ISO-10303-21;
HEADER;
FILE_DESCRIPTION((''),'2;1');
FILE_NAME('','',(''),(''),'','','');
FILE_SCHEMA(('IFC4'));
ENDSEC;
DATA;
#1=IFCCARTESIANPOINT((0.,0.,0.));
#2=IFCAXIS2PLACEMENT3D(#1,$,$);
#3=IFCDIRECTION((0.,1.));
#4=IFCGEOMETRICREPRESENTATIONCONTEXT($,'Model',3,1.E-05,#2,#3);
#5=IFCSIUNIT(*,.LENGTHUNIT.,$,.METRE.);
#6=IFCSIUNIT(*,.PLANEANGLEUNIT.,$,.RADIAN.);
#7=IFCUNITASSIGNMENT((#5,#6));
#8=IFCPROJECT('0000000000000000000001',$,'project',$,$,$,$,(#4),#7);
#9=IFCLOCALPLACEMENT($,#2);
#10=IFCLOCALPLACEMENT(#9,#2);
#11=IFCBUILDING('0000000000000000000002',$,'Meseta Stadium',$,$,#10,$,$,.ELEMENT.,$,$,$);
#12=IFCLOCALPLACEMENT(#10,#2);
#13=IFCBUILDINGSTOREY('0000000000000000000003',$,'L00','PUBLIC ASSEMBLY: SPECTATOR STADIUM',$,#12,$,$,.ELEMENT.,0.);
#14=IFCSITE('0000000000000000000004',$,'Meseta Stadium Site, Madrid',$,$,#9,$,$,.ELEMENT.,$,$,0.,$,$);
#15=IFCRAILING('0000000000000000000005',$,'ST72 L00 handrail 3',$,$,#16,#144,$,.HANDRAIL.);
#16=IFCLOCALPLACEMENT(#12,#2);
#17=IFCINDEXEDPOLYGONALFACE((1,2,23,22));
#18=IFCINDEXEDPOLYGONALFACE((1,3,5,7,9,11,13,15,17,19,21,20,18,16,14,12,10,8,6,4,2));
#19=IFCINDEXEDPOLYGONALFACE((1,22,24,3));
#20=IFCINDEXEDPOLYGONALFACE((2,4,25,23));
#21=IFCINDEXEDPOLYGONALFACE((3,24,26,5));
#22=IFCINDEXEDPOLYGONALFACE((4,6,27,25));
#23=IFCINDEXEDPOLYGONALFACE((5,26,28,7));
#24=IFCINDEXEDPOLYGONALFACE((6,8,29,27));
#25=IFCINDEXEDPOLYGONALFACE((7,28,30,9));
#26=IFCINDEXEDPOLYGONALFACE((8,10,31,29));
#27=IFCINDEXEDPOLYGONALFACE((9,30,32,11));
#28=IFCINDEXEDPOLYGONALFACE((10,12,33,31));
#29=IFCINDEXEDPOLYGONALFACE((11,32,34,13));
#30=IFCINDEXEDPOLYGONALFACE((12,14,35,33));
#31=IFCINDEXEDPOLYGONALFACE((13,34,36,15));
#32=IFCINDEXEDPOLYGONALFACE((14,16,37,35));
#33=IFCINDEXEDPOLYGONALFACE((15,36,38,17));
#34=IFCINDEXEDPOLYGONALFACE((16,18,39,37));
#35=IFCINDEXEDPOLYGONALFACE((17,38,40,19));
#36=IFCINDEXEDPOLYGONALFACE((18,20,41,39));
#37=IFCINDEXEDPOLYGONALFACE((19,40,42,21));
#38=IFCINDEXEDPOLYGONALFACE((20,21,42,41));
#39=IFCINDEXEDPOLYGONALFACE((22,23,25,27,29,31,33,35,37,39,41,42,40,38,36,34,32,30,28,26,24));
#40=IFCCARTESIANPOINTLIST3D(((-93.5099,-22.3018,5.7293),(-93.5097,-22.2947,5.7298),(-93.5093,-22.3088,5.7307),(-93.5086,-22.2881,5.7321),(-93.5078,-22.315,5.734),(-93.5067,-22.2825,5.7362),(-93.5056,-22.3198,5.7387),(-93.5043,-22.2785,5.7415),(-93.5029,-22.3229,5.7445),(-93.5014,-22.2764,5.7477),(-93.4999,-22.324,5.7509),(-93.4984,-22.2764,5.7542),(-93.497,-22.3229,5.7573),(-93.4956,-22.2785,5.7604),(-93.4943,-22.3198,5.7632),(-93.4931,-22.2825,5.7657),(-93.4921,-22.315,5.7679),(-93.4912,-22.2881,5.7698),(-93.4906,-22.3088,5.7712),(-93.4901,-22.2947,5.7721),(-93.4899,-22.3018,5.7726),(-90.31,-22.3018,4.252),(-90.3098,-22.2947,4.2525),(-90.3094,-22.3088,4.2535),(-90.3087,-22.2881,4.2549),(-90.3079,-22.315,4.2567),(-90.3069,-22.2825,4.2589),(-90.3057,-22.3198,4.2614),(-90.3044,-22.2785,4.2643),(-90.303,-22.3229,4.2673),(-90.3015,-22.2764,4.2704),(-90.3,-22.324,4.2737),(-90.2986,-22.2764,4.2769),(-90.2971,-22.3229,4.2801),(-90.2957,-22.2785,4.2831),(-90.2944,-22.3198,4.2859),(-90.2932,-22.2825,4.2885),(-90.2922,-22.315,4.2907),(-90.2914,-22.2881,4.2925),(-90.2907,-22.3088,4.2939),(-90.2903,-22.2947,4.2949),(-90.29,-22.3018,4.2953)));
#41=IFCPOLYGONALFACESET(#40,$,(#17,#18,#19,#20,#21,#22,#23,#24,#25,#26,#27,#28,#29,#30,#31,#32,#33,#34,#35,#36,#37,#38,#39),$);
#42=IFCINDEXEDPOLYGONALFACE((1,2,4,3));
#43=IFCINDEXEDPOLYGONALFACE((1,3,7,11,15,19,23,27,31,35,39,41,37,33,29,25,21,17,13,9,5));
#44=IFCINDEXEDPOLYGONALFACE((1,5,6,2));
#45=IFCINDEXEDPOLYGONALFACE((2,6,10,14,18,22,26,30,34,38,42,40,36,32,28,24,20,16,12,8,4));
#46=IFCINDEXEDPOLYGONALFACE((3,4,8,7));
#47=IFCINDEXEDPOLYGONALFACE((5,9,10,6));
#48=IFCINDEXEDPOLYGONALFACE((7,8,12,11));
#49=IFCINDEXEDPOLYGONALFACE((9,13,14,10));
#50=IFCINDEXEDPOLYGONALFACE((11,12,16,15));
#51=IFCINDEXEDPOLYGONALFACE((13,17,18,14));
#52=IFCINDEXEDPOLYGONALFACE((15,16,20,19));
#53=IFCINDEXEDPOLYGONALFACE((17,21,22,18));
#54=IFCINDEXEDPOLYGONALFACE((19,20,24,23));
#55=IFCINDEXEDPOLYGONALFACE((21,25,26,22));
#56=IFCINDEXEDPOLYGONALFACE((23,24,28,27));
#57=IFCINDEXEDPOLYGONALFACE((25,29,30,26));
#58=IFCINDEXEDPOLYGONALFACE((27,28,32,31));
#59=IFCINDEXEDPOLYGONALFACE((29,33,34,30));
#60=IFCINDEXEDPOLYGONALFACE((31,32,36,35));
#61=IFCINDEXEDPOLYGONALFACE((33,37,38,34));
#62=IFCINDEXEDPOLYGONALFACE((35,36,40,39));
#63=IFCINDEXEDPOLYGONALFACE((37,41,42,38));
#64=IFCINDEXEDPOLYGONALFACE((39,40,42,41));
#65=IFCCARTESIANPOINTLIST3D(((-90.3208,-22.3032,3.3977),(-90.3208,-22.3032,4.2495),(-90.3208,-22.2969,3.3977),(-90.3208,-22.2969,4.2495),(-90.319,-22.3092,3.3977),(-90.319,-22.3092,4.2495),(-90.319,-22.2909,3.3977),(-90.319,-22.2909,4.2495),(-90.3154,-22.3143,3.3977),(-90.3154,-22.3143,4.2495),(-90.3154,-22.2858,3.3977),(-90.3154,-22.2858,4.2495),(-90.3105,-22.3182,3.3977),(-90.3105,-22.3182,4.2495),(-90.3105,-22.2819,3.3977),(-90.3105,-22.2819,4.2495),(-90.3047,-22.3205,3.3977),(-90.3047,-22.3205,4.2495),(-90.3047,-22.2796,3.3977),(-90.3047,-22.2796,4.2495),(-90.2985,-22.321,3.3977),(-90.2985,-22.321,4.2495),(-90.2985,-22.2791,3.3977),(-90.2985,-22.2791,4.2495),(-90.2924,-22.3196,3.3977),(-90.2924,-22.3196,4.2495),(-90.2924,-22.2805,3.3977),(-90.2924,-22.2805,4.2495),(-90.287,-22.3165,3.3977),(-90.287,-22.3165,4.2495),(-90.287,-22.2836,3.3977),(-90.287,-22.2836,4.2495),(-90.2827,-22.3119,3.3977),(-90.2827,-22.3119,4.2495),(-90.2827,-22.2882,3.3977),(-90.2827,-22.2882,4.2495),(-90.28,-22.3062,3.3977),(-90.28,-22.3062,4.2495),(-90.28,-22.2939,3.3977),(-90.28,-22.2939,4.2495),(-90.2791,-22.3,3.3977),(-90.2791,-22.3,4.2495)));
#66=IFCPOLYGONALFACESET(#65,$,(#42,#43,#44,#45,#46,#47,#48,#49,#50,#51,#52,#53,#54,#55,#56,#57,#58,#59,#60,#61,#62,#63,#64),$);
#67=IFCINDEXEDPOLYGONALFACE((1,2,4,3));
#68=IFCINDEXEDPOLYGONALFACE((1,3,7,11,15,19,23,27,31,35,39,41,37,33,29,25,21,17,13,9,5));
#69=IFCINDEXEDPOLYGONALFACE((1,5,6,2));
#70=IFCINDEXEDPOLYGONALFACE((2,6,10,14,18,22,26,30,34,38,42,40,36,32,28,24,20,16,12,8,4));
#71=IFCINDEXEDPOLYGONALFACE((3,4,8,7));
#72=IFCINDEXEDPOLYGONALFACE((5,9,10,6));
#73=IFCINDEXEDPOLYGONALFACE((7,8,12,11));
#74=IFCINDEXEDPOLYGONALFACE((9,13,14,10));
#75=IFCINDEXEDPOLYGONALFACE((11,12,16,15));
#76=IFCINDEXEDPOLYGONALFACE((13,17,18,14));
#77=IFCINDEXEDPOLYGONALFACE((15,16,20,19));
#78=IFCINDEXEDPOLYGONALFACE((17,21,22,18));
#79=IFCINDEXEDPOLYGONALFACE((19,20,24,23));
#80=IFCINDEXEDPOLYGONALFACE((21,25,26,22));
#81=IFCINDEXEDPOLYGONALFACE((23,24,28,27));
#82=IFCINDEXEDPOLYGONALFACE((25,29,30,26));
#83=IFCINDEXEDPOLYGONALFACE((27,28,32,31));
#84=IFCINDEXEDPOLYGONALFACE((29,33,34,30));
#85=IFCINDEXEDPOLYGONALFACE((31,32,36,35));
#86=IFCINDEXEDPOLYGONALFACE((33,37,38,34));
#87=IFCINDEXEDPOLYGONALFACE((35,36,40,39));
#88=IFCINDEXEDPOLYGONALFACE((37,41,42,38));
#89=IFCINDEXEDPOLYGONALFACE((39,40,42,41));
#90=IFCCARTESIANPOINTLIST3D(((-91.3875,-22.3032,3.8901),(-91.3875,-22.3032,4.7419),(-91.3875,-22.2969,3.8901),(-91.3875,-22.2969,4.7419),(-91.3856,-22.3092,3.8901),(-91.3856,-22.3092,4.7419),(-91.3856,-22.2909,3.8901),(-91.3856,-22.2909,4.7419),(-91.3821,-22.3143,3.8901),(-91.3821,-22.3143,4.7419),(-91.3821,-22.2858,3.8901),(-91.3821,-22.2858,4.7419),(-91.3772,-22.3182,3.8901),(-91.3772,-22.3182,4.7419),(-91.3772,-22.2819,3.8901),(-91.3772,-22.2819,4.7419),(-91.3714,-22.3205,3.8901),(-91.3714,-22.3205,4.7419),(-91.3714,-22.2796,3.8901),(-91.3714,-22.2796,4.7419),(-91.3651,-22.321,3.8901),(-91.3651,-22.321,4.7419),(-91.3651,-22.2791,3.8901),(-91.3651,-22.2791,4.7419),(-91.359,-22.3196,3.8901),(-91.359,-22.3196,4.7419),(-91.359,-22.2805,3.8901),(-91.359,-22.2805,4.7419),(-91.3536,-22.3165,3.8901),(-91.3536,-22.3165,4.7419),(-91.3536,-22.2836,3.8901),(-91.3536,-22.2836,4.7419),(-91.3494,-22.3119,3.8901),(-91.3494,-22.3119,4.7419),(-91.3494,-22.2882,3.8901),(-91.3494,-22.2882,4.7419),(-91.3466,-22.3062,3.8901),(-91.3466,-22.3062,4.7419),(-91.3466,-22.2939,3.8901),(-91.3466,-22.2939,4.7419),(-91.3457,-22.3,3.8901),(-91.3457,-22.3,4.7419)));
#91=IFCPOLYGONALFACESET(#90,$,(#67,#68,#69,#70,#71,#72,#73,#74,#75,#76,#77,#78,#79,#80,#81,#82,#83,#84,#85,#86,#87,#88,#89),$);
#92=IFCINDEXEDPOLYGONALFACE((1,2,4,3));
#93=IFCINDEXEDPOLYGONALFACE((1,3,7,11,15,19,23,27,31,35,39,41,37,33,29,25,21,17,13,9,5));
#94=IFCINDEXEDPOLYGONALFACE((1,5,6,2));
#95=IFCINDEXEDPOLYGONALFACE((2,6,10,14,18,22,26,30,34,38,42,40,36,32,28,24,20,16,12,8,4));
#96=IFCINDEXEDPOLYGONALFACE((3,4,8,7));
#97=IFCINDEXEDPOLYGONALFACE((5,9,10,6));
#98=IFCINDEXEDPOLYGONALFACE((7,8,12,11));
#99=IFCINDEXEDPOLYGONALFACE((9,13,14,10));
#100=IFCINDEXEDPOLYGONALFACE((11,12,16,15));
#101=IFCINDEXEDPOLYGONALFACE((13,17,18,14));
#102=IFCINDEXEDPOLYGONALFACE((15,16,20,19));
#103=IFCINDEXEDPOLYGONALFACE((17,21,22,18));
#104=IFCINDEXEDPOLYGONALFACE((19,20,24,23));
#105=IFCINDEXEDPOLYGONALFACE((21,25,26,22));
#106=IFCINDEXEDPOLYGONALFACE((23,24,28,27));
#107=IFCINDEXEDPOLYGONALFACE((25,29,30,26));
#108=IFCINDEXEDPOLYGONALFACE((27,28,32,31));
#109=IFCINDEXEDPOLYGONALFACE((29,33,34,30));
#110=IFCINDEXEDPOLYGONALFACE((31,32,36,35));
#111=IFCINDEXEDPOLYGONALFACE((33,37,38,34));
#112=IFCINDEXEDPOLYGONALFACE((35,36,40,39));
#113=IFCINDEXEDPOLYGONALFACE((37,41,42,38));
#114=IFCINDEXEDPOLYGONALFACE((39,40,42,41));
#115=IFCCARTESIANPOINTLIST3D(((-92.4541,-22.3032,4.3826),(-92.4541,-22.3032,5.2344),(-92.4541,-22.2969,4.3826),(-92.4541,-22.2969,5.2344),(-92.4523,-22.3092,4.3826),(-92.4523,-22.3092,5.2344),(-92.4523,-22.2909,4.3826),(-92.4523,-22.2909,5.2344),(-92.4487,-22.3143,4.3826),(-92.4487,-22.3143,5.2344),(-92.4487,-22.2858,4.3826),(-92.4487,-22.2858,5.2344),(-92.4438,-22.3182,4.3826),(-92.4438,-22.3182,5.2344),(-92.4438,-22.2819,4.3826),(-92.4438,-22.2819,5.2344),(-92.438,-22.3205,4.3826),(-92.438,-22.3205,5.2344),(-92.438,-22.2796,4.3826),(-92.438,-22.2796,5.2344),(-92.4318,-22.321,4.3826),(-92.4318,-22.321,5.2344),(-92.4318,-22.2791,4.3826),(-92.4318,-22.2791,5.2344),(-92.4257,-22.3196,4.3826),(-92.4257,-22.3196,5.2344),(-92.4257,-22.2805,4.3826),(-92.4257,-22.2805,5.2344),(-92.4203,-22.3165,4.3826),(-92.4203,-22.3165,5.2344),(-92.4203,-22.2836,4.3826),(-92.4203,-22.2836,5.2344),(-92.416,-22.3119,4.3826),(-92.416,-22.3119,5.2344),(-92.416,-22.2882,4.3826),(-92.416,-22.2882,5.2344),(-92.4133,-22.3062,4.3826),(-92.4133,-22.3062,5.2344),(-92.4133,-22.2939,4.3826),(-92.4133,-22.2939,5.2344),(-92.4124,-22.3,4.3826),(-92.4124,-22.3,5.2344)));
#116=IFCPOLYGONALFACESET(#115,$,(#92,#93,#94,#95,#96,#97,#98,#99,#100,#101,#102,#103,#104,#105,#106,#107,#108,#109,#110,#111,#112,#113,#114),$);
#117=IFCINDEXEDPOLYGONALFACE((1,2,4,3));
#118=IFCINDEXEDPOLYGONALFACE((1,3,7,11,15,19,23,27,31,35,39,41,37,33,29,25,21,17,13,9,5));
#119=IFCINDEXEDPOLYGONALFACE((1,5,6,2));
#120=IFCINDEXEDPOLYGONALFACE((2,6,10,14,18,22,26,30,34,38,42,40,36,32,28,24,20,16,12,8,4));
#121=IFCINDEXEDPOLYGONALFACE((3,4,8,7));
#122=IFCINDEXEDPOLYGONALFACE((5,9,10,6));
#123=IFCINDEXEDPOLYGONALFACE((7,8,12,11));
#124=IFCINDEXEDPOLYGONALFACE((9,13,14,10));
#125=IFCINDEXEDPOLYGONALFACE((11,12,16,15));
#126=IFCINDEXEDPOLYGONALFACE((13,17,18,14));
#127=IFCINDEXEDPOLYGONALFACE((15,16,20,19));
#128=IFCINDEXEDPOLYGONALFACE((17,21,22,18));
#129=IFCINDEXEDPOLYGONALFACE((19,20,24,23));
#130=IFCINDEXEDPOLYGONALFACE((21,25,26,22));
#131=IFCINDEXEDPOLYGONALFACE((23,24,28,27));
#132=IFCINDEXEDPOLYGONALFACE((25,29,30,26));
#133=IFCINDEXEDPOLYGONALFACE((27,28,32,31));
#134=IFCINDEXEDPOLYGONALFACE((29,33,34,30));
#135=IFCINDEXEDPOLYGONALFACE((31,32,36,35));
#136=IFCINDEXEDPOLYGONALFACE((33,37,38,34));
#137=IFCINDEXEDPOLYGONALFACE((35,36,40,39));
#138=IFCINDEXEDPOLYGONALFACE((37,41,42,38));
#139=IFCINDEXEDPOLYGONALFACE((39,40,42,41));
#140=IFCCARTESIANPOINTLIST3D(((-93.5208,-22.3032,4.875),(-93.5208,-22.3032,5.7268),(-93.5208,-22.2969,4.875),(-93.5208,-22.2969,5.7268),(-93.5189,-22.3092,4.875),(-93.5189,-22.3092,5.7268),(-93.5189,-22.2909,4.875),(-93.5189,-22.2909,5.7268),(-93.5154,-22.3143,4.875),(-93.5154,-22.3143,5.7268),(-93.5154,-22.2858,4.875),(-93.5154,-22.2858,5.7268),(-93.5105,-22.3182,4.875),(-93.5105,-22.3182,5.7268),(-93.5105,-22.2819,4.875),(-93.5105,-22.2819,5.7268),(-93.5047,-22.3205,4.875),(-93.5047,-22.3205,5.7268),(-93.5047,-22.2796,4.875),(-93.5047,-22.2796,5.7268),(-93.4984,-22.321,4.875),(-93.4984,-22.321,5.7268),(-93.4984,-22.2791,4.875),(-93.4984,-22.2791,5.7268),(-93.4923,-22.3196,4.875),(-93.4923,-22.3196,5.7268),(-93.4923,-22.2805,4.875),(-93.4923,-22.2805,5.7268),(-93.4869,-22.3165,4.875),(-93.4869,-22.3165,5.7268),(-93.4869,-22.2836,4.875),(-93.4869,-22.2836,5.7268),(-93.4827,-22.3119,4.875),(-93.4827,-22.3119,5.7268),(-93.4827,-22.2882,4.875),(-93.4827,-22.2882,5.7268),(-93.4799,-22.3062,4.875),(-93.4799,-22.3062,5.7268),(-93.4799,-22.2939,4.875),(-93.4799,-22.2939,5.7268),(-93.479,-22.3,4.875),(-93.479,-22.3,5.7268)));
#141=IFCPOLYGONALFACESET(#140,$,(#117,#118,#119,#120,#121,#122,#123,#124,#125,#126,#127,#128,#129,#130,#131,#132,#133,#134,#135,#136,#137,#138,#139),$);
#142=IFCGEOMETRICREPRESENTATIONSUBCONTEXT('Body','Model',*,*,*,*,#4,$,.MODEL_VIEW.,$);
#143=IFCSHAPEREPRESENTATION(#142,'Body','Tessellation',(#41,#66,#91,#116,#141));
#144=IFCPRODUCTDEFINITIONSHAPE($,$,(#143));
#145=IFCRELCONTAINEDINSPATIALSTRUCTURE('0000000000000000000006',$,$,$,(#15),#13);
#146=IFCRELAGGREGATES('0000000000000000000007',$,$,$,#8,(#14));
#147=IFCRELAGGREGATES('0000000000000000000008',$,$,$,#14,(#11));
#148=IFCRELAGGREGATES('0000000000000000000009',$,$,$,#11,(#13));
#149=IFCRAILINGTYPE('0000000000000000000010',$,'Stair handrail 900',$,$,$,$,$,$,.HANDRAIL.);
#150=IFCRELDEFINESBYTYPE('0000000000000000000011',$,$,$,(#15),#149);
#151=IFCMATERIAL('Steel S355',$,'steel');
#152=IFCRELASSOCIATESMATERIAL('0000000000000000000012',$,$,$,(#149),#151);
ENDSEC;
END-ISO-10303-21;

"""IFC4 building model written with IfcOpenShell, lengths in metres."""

from ifc_helpers import new_model, si_unit, direction, frame, origin, origin_2d, place, context, subcontext, project, spatial, circle, extrude, material, type_object, element, save


model = new_model("IFC4")

# Units and contexts
model_context = context("Model", 3, precision=1e-05, world=origin(), true_north=direction((0.0, 1.0)))
body_context = subcontext(model_context, "Body", "Model", "MODEL_VIEW")
ifc_project = project(units=[si_unit("LENGTHUNIT", "METRE"), si_unit("PLANEANGLEUNIT", "RADIAN")], contexts=[model_context])

# Site, building, storey
site_placement = place(None, origin())
site = spatial("IfcSite", under=ifc_project, at=site_placement, Name="Meseta Stadium Site, Madrid", CompositionType="ELEMENT", RefElevation=0.0)
building_placement = place(site_placement, origin())
building = spatial("IfcBuilding", under=site, at=building_placement, Name="Meseta Stadium", CompositionType="ELEMENT")
storey_placement = place(building_placement, origin())
storey = spatial("IfcBuildingStorey", under=building, at=storey_placement, Name="L00", Description="PUBLIC ASSEMBLY: SPECTATOR STADIUM", CompositionType="ELEMENT", Elevation=0.0)

# Railing
ifc_material_1 = material(Name="Steel S355", Category="steel")
railing_type_1 = type_object("IfcRailingType", Name="Stair handrail 900", PredefinedType="HANDRAIL", material=ifc_material_1)
for number, where, name in (
    (1, (-90.3, -22.3, 3.3977), "ST72 L00 handrail 3"),
):
    element("IfcRailing", number, at=place(storey_placement, frame(where)), inside=storey, type_object=railing_type_1, Name=name, PredefinedType="HANDRAIL", context=body_context, shape_type="SweptSolid", body=[
        extrude(circle(Radius=0.0239, at=origin_2d()), frame((0.0, 0.0, 0.876), z_axis=(-0.907917, 0.0, 0.41915), x_axis=(0.0, -1.0, 0.0)), (0.0, 0.0, 1.0), 3.5244),
        extrude(circle(Radius=0.021, at=origin_2d()), origin(), (0.0, 0.0, 1.0), 0.8518),
        extrude(circle(Radius=0.021, at=origin_2d()), frame((-1.0667, 0.0, 0.4924)), (0.0, 0.0, 1.0), 0.8518),
        extrude(circle(Radius=0.021, at=origin_2d()), frame((-2.1333, 0.0, 0.9849)), (0.0, 0.0, 1.0), 0.8518),
        extrude(circle(Radius=0.021, at=origin_2d()), frame((-3.2, 0.0, 1.4773)), (0.0, 0.0, 1.0), 0.8518),
    ])

save(model, "model.ifc")
